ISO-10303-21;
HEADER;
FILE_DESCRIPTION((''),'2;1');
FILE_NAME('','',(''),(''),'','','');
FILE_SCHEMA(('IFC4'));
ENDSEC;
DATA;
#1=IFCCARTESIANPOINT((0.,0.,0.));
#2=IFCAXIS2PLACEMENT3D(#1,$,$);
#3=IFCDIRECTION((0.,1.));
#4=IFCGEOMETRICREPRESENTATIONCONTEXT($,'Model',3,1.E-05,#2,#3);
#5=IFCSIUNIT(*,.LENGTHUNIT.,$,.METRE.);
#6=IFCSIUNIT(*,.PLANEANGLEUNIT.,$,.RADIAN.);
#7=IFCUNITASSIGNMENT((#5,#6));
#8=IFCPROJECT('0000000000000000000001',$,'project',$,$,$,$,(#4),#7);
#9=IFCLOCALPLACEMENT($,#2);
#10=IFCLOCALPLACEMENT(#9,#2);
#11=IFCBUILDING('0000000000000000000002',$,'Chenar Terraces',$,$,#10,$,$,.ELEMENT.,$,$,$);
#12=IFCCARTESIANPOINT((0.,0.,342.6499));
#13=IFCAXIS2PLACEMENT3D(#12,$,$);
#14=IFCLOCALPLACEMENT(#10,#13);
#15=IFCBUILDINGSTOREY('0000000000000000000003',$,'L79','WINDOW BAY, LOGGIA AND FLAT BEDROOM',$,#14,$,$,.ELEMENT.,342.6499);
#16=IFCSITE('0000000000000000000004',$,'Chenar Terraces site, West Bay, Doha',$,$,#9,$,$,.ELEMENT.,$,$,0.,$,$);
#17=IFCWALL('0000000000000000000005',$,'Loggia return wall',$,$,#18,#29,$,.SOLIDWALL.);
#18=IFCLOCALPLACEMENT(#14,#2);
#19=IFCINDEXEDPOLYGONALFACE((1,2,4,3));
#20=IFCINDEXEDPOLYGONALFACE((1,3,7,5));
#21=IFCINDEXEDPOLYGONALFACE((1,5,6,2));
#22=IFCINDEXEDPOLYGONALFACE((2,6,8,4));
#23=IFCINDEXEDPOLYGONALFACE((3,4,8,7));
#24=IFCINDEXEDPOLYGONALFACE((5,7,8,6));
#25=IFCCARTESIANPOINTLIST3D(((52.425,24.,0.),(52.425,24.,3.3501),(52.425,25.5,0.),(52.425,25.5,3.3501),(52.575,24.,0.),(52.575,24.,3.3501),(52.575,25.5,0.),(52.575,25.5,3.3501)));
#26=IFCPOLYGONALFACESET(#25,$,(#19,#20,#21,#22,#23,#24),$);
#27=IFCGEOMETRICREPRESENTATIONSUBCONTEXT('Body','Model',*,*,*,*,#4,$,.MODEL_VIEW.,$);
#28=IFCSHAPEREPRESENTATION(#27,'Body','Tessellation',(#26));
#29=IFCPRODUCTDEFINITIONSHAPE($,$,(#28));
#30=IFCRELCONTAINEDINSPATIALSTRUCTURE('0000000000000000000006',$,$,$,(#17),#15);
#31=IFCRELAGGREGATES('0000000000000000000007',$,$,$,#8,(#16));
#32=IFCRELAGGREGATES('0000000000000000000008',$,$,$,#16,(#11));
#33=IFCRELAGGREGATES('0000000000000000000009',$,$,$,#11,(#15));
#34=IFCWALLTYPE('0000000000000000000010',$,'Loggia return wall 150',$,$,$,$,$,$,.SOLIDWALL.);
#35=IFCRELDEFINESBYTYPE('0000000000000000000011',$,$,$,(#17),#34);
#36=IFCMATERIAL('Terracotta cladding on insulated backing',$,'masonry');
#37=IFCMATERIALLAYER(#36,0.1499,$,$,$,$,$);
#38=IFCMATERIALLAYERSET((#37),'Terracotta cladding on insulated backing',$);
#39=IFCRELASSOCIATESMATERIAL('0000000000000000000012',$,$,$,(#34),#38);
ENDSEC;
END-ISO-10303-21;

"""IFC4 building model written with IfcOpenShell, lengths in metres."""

from ifc_helpers import new_model, si_unit, direction, frame, frame_2d, origin, place, context, subcontext, project, spatial, rectangle, extrude, material, layer, layer_set, type_object, element, save


model = new_model("IFC4")

# Units and contexts
model_context = context("Model", 3, precision=1e-05, world=origin(), true_north=direction((0.0, 1.0)))
body_context = subcontext(model_context, "Body", "Model", "MODEL_VIEW")
ifc_project = project(units=[si_unit("LENGTHUNIT", "METRE"), si_unit("PLANEANGLEUNIT", "RADIAN")], contexts=[model_context])

# Site, building, storey
site_placement = place(None, origin())
site = spatial("IfcSite", under=ifc_project, at=site_placement, Name="Chenar Terraces site, West Bay, Doha", CompositionType="ELEMENT", RefElevation=0.0)
building_placement = place(site_placement, origin())
building = spatial("IfcBuilding", under=site, at=building_placement, Name="Chenar Terraces", CompositionType="ELEMENT")
storey_placement = place(building_placement, frame((0.0, 0.0, 342.6499)))
storey = spatial("IfcBuildingStorey", under=building, at=storey_placement, Name="L79", Description="WINDOW BAY, LOGGIA AND FLAT BEDROOM", CompositionType="ELEMENT", Elevation=342.6499)

# Wall
ifc_material_1 = material(Name="Terracotta cladding on insulated backing", Category="masonry")
ifc_layer_1 = layer(ifc_material_1, 0.1499)
ifc_layer_set_1 = layer_set([ifc_layer_1], Name="Terracotta cladding on insulated backing")
wall_type = type_object("IfcWallType", Name="Loggia return wall 150", PredefinedType="SOLIDWALL", material=ifc_layer_set_1)
wall_placement = place(storey_placement, frame((52.5, 25.5, 0.0), z_axis=(0.0, 0.0, 1.0), x_axis=(0.0, -1.0, 0.0)))
element("IfcWall", 1, at=wall_placement, inside=storey, type_object=wall_type, Name="Loggia return wall", PredefinedType="SOLIDWALL", context=body_context, shape_type="SweptSolid", body=[
    extrude(rectangle(XDim=1.5, YDim=0.1499, at=frame_2d((0.75, 0.0))), origin(), (0.0, 0.0, 1.0), 3.3501),
])

save(model, "model.ifc")
